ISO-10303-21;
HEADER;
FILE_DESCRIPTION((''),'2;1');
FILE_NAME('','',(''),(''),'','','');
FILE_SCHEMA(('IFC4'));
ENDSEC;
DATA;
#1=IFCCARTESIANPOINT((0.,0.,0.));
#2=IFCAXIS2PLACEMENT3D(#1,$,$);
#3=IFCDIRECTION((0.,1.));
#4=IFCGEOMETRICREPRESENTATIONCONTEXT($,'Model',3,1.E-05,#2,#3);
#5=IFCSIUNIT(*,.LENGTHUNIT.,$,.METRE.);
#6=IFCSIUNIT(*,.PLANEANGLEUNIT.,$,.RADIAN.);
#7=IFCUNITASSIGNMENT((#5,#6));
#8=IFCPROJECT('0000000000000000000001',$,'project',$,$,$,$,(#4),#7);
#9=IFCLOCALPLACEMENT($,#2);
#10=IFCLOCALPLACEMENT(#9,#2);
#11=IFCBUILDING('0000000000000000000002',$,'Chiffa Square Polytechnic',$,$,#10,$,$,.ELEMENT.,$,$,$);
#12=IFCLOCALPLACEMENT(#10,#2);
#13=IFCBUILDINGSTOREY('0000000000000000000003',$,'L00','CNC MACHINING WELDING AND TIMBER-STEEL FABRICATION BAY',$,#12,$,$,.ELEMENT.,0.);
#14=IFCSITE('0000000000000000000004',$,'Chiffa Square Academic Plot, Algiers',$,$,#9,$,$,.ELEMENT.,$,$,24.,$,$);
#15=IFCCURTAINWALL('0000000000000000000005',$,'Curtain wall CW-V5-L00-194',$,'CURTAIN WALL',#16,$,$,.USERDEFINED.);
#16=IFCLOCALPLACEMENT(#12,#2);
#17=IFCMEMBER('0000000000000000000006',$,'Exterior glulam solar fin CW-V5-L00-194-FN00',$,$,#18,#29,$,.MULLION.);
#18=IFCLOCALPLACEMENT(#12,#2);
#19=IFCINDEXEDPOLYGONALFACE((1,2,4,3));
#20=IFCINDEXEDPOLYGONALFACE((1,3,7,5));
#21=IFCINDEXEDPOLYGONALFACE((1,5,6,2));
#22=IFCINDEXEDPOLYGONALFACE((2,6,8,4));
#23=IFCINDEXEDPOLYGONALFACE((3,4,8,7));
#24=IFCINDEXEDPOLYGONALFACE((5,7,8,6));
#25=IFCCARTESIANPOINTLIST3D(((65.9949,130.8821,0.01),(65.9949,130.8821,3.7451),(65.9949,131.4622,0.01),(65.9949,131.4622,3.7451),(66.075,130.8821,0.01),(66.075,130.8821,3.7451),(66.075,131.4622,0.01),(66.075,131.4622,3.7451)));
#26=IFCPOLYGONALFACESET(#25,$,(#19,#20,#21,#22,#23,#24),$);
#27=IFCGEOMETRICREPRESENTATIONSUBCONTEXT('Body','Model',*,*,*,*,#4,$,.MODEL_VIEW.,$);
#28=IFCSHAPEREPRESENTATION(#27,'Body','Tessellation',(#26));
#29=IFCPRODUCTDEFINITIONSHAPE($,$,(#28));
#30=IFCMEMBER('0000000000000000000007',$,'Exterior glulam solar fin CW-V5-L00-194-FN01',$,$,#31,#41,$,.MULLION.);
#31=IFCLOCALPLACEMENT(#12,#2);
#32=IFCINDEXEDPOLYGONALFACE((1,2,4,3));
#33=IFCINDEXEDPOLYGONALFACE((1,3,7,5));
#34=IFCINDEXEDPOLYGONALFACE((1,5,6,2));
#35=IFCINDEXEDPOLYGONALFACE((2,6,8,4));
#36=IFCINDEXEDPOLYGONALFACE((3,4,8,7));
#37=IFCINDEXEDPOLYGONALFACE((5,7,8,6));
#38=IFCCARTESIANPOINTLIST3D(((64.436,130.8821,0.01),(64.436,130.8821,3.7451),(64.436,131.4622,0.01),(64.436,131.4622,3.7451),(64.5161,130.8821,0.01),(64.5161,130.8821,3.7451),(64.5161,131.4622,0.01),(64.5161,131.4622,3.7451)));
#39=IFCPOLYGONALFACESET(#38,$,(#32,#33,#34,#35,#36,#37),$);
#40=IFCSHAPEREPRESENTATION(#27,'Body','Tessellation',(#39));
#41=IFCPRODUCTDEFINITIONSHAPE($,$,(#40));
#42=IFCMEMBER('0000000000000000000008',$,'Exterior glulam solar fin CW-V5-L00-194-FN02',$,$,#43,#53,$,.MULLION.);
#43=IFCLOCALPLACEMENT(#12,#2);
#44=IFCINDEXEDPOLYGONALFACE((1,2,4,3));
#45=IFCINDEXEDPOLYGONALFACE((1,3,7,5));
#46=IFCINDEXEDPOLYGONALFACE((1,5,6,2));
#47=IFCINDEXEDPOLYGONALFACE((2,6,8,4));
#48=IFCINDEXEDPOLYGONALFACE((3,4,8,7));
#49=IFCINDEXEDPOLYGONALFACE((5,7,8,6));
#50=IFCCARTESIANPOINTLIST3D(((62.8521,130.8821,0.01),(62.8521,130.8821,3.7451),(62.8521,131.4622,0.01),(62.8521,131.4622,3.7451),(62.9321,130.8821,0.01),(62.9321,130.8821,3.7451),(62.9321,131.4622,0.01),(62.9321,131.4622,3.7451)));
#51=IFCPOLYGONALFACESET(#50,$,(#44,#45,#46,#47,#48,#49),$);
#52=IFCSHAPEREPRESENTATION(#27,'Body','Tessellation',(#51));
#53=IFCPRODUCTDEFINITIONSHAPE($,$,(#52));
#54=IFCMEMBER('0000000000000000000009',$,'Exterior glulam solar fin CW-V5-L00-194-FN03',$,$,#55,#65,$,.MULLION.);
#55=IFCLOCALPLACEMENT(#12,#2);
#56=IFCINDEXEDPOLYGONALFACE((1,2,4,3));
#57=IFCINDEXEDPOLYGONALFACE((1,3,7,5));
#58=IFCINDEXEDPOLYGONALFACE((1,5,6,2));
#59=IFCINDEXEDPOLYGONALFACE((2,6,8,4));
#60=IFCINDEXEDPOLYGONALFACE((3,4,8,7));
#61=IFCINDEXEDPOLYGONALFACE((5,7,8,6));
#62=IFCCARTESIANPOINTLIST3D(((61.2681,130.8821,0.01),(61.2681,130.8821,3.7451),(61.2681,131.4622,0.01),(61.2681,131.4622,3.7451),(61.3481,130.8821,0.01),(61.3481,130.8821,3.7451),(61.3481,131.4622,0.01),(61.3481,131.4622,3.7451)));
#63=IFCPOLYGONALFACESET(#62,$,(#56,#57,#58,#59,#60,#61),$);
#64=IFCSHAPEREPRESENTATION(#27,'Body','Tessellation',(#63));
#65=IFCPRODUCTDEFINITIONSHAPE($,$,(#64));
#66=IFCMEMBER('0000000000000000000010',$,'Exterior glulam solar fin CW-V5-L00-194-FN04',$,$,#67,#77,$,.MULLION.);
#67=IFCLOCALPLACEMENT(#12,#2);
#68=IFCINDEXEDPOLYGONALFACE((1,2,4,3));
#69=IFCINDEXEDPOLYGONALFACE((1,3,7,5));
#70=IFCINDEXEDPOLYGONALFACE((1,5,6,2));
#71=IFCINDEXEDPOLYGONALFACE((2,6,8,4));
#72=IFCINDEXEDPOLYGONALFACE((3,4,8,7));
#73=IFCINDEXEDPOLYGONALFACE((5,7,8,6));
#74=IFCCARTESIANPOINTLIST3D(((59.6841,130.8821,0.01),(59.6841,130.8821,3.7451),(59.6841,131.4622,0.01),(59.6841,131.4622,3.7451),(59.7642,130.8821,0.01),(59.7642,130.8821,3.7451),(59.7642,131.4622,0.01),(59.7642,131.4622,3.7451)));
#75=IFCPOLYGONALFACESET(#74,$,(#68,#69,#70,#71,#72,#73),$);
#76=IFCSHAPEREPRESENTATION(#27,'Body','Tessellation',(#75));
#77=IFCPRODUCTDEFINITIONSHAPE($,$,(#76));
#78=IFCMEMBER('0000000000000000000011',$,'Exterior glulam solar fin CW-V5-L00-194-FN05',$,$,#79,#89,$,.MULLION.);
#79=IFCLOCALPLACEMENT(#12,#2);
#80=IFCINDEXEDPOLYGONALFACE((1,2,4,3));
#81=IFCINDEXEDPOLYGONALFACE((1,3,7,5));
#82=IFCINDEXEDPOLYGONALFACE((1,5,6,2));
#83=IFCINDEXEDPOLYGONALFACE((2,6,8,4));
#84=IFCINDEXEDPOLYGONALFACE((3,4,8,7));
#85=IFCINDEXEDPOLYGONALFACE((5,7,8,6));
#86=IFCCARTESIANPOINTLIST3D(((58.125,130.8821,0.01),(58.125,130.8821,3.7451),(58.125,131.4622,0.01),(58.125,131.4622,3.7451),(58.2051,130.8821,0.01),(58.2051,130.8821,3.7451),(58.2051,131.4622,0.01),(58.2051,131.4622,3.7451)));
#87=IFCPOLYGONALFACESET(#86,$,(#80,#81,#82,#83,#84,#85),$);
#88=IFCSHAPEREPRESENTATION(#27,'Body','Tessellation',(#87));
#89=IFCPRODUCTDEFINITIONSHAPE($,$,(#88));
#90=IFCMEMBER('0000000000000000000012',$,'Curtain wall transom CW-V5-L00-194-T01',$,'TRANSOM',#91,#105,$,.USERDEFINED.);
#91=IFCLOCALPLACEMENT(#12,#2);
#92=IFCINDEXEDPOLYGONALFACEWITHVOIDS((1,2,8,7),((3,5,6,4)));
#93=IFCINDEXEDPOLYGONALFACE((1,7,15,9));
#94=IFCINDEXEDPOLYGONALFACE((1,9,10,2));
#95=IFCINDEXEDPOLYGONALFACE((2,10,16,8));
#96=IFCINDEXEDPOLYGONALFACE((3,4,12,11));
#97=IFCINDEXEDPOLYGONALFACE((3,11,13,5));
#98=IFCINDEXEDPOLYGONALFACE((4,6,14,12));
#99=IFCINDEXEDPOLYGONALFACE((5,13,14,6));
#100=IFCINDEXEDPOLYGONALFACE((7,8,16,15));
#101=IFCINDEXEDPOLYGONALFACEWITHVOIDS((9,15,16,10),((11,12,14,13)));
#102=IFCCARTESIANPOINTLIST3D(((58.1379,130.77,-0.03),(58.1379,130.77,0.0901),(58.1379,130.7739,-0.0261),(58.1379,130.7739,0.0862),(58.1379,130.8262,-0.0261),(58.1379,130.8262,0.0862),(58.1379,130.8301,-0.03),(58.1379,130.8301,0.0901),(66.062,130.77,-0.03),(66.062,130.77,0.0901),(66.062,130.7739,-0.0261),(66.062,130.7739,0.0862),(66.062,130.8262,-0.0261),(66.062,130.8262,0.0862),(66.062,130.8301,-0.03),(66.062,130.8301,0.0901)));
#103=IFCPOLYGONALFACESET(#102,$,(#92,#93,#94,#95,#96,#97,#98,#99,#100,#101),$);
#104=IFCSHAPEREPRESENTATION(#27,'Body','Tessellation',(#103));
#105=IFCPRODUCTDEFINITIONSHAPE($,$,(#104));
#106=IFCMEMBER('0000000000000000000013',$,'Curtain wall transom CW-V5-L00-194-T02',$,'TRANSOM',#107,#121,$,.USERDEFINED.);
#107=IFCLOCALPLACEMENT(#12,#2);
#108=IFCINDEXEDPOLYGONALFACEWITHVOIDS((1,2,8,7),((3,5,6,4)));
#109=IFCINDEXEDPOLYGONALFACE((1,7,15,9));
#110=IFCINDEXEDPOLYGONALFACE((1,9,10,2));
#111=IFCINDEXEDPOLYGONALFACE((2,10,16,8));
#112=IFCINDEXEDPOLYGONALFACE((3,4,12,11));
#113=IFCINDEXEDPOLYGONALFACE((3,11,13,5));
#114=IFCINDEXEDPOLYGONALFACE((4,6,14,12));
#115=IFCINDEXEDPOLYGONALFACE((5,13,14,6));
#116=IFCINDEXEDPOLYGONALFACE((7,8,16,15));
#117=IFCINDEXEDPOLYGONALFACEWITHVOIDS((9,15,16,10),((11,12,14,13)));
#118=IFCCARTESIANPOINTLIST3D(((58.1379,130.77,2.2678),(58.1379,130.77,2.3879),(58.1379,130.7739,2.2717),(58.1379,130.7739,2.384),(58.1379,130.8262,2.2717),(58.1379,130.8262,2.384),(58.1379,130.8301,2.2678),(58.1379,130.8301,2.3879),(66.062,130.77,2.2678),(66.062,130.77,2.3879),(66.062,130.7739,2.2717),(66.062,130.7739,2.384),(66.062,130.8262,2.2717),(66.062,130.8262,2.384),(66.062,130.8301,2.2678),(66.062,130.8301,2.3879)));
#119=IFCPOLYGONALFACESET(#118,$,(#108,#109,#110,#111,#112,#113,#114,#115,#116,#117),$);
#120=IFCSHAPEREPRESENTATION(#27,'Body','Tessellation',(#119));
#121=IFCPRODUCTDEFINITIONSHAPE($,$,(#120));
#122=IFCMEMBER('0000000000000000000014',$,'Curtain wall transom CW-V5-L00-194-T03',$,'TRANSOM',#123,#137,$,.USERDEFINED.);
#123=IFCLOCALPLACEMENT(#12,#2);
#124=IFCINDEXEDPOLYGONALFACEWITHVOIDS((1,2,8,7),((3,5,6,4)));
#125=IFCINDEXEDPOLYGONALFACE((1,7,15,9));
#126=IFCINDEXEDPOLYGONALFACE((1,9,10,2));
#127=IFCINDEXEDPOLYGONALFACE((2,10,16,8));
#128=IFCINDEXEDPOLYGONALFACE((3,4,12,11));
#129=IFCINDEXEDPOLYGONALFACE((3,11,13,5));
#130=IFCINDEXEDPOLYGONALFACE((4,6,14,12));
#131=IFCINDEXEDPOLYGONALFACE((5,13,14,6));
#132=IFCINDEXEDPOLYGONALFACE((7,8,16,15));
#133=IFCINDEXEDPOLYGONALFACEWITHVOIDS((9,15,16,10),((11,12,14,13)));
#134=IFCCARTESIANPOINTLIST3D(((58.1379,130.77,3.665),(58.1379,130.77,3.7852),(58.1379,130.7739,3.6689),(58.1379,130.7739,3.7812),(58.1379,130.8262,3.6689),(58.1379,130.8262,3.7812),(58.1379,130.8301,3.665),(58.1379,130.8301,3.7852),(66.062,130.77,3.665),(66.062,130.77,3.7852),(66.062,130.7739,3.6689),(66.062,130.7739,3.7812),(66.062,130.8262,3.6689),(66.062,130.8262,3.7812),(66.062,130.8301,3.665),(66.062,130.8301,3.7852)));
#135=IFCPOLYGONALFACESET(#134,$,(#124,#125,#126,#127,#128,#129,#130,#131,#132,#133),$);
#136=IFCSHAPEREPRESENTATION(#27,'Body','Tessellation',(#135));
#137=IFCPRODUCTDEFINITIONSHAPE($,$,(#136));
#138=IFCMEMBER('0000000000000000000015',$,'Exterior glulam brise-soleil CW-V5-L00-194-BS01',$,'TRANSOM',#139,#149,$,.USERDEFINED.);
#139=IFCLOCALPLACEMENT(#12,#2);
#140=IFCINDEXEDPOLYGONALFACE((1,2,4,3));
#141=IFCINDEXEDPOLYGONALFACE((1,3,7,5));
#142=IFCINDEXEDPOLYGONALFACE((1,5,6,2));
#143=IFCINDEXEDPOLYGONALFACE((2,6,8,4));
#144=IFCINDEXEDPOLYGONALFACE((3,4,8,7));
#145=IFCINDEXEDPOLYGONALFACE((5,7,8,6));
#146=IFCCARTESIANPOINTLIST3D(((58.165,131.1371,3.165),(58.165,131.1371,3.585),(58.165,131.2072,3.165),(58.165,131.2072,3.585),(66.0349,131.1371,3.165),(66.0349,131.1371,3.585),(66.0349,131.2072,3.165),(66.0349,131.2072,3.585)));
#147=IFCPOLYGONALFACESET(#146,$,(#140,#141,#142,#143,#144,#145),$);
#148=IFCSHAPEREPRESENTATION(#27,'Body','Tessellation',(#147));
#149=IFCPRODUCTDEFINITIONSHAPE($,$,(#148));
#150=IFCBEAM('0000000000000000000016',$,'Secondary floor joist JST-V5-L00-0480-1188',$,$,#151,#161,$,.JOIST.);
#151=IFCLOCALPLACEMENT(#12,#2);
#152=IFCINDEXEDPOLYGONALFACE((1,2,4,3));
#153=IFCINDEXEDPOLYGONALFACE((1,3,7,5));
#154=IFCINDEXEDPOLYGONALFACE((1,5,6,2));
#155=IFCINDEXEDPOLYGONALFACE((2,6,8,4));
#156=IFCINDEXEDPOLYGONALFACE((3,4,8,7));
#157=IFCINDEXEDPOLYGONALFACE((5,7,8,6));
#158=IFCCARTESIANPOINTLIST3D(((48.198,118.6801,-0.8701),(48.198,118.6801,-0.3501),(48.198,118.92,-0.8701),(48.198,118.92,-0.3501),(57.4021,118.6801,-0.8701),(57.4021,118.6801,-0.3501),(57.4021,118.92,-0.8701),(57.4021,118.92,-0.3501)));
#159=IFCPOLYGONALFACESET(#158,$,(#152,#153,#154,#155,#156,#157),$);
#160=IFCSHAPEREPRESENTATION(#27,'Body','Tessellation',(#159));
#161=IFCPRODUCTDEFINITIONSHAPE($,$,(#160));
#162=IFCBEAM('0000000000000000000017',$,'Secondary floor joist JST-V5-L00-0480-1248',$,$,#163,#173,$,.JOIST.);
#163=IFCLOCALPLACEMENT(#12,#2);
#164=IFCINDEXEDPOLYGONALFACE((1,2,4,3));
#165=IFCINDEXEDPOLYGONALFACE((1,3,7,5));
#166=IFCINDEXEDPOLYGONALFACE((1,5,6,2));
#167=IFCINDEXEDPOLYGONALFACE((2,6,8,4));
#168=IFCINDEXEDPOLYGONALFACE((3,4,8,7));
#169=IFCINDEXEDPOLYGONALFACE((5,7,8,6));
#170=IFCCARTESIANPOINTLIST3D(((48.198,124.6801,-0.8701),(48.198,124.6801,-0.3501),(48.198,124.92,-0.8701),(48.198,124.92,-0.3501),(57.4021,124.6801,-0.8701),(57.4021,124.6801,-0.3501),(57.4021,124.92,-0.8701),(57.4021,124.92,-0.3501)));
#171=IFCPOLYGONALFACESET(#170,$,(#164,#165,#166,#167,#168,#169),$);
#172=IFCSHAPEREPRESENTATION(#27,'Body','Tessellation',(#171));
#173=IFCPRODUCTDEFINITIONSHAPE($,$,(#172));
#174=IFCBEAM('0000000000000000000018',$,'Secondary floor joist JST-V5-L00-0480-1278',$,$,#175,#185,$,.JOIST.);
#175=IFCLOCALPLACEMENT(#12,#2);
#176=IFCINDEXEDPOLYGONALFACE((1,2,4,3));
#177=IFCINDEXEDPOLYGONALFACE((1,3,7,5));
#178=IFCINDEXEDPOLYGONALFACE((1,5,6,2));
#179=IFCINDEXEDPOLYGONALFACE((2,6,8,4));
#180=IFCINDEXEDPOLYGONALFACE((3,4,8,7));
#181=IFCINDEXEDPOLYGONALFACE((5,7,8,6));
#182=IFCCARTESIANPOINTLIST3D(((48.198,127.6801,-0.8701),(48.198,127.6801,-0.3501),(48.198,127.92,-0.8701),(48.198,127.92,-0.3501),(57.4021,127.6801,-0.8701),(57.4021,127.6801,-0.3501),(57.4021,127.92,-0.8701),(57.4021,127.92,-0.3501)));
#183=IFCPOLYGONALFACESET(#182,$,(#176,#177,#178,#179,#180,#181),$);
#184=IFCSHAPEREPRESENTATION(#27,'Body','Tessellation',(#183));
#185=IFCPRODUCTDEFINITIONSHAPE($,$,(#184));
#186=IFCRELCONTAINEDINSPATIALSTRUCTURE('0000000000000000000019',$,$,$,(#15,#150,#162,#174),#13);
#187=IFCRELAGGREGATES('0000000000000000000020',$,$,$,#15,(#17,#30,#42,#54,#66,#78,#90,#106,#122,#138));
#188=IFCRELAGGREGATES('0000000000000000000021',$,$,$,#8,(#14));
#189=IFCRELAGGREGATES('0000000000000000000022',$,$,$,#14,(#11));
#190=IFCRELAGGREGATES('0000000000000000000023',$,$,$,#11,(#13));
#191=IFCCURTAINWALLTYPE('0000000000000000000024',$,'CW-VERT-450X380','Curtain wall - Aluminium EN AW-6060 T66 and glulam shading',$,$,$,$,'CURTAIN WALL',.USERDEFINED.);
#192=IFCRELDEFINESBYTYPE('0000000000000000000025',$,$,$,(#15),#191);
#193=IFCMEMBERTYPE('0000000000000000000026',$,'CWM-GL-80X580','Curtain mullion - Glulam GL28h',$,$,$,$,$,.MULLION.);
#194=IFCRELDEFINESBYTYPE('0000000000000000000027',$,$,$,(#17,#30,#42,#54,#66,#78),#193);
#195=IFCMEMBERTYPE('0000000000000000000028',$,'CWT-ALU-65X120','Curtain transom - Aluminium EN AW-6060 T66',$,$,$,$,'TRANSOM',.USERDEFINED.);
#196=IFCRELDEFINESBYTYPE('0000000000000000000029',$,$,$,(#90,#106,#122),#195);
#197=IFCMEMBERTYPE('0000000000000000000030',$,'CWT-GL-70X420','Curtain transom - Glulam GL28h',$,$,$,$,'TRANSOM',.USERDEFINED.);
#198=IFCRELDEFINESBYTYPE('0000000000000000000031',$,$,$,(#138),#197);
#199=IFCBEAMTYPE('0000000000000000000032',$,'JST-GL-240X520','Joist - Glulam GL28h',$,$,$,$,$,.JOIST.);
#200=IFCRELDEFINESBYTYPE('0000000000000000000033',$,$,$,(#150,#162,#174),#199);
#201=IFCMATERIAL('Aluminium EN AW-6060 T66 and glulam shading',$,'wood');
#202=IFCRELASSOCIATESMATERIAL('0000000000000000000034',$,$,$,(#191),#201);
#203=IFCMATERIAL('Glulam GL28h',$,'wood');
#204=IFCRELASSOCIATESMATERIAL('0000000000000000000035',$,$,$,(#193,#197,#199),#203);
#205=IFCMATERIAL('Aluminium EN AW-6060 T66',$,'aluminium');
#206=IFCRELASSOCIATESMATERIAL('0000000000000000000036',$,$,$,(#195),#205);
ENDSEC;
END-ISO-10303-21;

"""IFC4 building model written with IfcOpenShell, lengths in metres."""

from ifc_helpers import new_model, si_unit, direction, frame, origin, origin_2d, place, context, subcontext, project, spatial, rectangle, hollow_rectangle, extrude, material, material_profile, profile_set, type_object, element, aggregate, save


model = new_model("IFC4")

# Units and contexts
model_context = context("Model", 3, precision=1e-05, world=origin(), true_north=direction((0.0, 1.0)))
body_context = subcontext(model_context, "Body", "Model", "MODEL_VIEW")
ifc_project = project(units=[si_unit("LENGTHUNIT", "METRE"), si_unit("PLANEANGLEUNIT", "RADIAN")], contexts=[model_context])

# Site, building, storey
site_placement = place(None, origin())
site = spatial("IfcSite", under=ifc_project, at=site_placement, Name="Chiffa Square Academic Plot, Algiers", CompositionType="ELEMENT", RefElevation=24.0)
building_placement = place(site_placement, origin())
building = spatial("IfcBuilding", under=site, at=building_placement, Name="Chiffa Square Polytechnic", CompositionType="ELEMENT")
storey_placement = place(building_placement, origin())
storey = spatial("IfcBuildingStorey", under=building, at=storey_placement, Name="L00", Description="CNC MACHINING WELDING AND TIMBER-STEEL FABRICATION BAY", CompositionType="ELEMENT", Elevation=0.0)

# Curtain wall, members
ifc_material_1 = material(Name="Aluminium EN AW-6060 T66 and glulam shading", Category="wood")
curtain_wall_type = type_object("IfcCurtainWallType", Name="CW-VERT-450X380", Description="Curtain wall - Aluminium EN AW-6060 T66 and glulam shading", ElementType="CURTAIN WALL", PredefinedType="USERDEFINED", material=ifc_material_1)
curtain_wall_placement = place(storey_placement, origin())
curtain_wall = element("IfcCurtainWall", 1, at=curtain_wall_placement, inside=storey, type_object=curtain_wall_type, Name="Curtain wall CW-V5-L00-194", ObjectType="CURTAIN WALL", PredefinedType="USERDEFINED")
ifc_material_2 = material(Name="Aluminium EN AW-6060 T66", Category="aluminium")
ifc_material_3 = material(Name="Glulam GL28h", Category="wood")
ifc_material_profile_1 = material_profile(ifc_material_3, rectangle(XDim=0.0801, YDim=0.5801, at=origin_2d()), Name="GL28h 80x580")
ifc_profile_set_1 = profile_set([ifc_material_profile_1], Name="Glulam GL28h")
member_type_1 = type_object("IfcMemberType", Name="CWM-GL-80X580", Description="Curtain mullion - Glulam GL28h", PredefinedType="MULLION", material=ifc_profile_set_1)
member_1_placement = place(storey_placement, frame((66.0349, 131.1721, 0.01), z_axis=(0.0, 0.0, 1.0), x_axis=(-1.0, 0.0, 0.0)))
member_1 = element("IfcMember", 2, at=member_1_placement, type_object=member_type_1, Name="Exterior glulam solar fin CW-V5-L00-194-FN00", PredefinedType="MULLION", context=body_context, shape_type="SweptSolid", body=[
    extrude(rectangle(XDim=0.0801, YDim=0.5801, at=origin_2d()), origin(), (0.0, 0.0, 1.0), 3.7351),
])
member_2_placement = place(storey_placement, frame((64.4761, 131.1721, 0.01), z_axis=(0.0, 0.0, 1.0), x_axis=(-1.0, 0.0, 0.0)))
member_2 = element("IfcMember", 3, at=member_2_placement, type_object=member_type_1, Name="Exterior glulam solar fin CW-V5-L00-194-FN01", PredefinedType="MULLION", context=body_context, shape_type="SweptSolid", body=[
    extrude(rectangle(XDim=0.0801, YDim=0.5801, at=origin_2d()), origin(), (0.0, 0.0, 1.0), 3.7351),
])
member_3_placement = place(storey_placement, frame((62.8921, 131.1721, 0.01), z_axis=(0.0, 0.0, 1.0), x_axis=(-1.0, 0.0, 0.0)))
member_3 = element("IfcMember", 4, at=member_3_placement, type_object=member_type_1, Name="Exterior glulam solar fin CW-V5-L00-194-FN02", PredefinedType="MULLION", context=body_context, shape_type="SweptSolid", body=[
    extrude(rectangle(XDim=0.0801, YDim=0.5801, at=origin_2d()), origin(), (0.0, 0.0, 1.0), 3.7351),
])
member_4_placement = place(storey_placement, frame((61.3081, 131.1721, 0.01), z_axis=(0.0, 0.0, 1.0), x_axis=(-1.0, 0.0, 0.0)))
member_4 = element("IfcMember", 5, at=member_4_placement, type_object=member_type_1, Name="Exterior glulam solar fin CW-V5-L00-194-FN03", PredefinedType="MULLION", context=body_context, shape_type="SweptSolid", body=[
    extrude(rectangle(XDim=0.0801, YDim=0.5801, at=origin_2d()), origin(), (0.0, 0.0, 1.0), 3.7351),
])
member_5_placement = place(storey_placement, frame((59.7241, 131.1721, 0.01), z_axis=(0.0, 0.0, 1.0), x_axis=(-1.0, 0.0, 0.0)))
member_5 = element("IfcMember", 6, at=member_5_placement, type_object=member_type_1, Name="Exterior glulam solar fin CW-V5-L00-194-FN04", PredefinedType="MULLION", context=body_context, shape_type="SweptSolid", body=[
    extrude(rectangle(XDim=0.0801, YDim=0.5801, at=origin_2d()), origin(), (0.0, 0.0, 1.0), 3.7351),
])
member_6_placement = place(storey_placement, frame((58.165, 131.1721, 0.01), z_axis=(0.0, 0.0, 1.0), x_axis=(-1.0, 0.0, 0.0)))
member_6 = element("IfcMember", 7, at=member_6_placement, type_object=member_type_1, Name="Exterior glulam solar fin CW-V5-L00-194-FN05", PredefinedType="MULLION", context=body_context, shape_type="SweptSolid", body=[
    extrude(rectangle(XDim=0.0801, YDim=0.5801, at=origin_2d()), origin(), (0.0, 0.0, 1.0), 3.7351),
])
ifc_material_profile_2 = material_profile(ifc_material_2, hollow_rectangle(XDim=0.0601, YDim=0.1201, WallThickness=0.0039, at=origin_2d()), Name="ALU 60x120x4")
ifc_profile_set_2 = profile_set([ifc_material_profile_2], Name="Aluminium EN AW-6060 T66")
member_type_2 = type_object("IfcMemberType", Name="CWT-ALU-65X120", Description="Curtain transom - Aluminium EN AW-6060 T66", ElementType="TRANSOM", PredefinedType="USERDEFINED", material=ifc_profile_set_2)
member_7_placement = place(storey_placement, frame((66.062, 130.8, 0.03), z_axis=(-1.0, 0.0, 0.0), x_axis=(0.0, -1.0, 0.0)))
member_7 = element("IfcMember", 8, at=member_7_placement, type_object=member_type_2, Name="Curtain wall transom CW-V5-L00-194-T01", ObjectType="TRANSOM", PredefinedType="USERDEFINED", context=body_context, shape_type="SweptSolid", body=[
    extrude(hollow_rectangle(XDim=0.0601, YDim=0.1201, WallThickness=0.0039, at=origin_2d()), origin(), (0.0, 0.0, 1.0), 7.9241),
])
member_8_placement = place(storey_placement, frame((66.062, 130.8, 2.3279), z_axis=(-1.0, 0.0, 0.0), x_axis=(0.0, -1.0, 0.0)))
member_8 = element("IfcMember", 9, at=member_8_placement, type_object=member_type_2, Name="Curtain wall transom CW-V5-L00-194-T02", ObjectType="TRANSOM", PredefinedType="USERDEFINED", context=body_context, shape_type="SweptSolid", body=[
    extrude(hollow_rectangle(XDim=0.0601, YDim=0.1201, WallThickness=0.0039, at=origin_2d()), origin(), (0.0, 0.0, 1.0), 7.9241),
])
member_9_placement = place(storey_placement, frame((66.062, 130.8, 3.7251), z_axis=(-1.0, 0.0, 0.0), x_axis=(0.0, -1.0, 0.0)))
member_9 = element("IfcMember", 10, at=member_9_placement, type_object=member_type_2, Name="Curtain wall transom CW-V5-L00-194-T03", ObjectType="TRANSOM", PredefinedType="USERDEFINED", context=body_context, shape_type="SweptSolid", body=[
    extrude(hollow_rectangle(XDim=0.0601, YDim=0.1201, WallThickness=0.0039, at=origin_2d()), origin(), (0.0, 0.0, 1.0), 7.9241),
])
ifc_material_profile_3 = material_profile(ifc_material_3, rectangle(XDim=0.0701, YDim=0.4199, at=origin_2d()), Name="GL28h 70x420")
ifc_profile_set_3 = profile_set([ifc_material_profile_3], Name="Glulam GL28h")
member_type_3 = type_object("IfcMemberType", Name="CWT-GL-70X420", Description="Curtain transom - Glulam GL28h", ElementType="TRANSOM", PredefinedType="USERDEFINED", material=ifc_profile_set_3)
member_10_placement = place(storey_placement, frame((66.0349, 131.1721, 3.375), z_axis=(-1.0, 0.0, 0.0), x_axis=(0.0, -1.0, 0.0)))
member_10 = element("IfcMember", 11, at=member_10_placement, type_object=member_type_3, Name="Exterior glulam brise-soleil CW-V5-L00-194-BS01", ObjectType="TRANSOM", PredefinedType="USERDEFINED", context=body_context, shape_type="SweptSolid", body=[
    extrude(rectangle(XDim=0.0701, YDim=0.4199, at=origin_2d()), origin(), (0.0, 0.0, 1.0), 7.8699),
])

# Beams
ifc_material_profile_4 = material_profile(ifc_material_3, rectangle(XDim=0.24, YDim=0.52, at=origin_2d()), Name="GL28h 240x520")
ifc_profile_set_4 = profile_set([ifc_material_profile_4], Name="Glulam GL28h")
beam_type_1 = type_object("IfcBeamType", Name="JST-GL-240X520", Description="Joist - Glulam GL28h", PredefinedType="JOIST", material=ifc_profile_set_4)
for number, where, z_axis, x_axis, name in (
    (12, (48.198, 118.8, -0.6101), (1.0, 0.0, 0.0), (0.0, 1.0, 0.0), "Secondary floor joist JST-V5-L00-0480-1188"),
    (13, (48.198, 124.8, -0.6101), (1.0, 0.0, 0.0), (0.0, 1.0, 0.0), "Secondary floor joist JST-V5-L00-0480-1248"),
    (14, (48.198, 127.8, -0.6101), (1.0, 0.0, 0.0), (0.0, 1.0, 0.0), "Secondary floor joist JST-V5-L00-0480-1278"),
):
    element("IfcBeam", number, at=place(storey_placement, frame(where, z_axis=z_axis, x_axis=x_axis)), inside=storey, type_object=beam_type_1, Name=name, PredefinedType="JOIST", context=body_context, shape_type="SweptSolid", body=[
        extrude(rectangle(XDim=0.24, YDim=0.52, at=origin_2d()), origin(), (0.0, 0.0, 1.0), 9.2041),
    ])

aggregate(curtain_wall, [member_1, member_2, member_3, member_4, member_5, member_6, member_7, member_8, member_9, member_10])

save(model, "model.ifc")
